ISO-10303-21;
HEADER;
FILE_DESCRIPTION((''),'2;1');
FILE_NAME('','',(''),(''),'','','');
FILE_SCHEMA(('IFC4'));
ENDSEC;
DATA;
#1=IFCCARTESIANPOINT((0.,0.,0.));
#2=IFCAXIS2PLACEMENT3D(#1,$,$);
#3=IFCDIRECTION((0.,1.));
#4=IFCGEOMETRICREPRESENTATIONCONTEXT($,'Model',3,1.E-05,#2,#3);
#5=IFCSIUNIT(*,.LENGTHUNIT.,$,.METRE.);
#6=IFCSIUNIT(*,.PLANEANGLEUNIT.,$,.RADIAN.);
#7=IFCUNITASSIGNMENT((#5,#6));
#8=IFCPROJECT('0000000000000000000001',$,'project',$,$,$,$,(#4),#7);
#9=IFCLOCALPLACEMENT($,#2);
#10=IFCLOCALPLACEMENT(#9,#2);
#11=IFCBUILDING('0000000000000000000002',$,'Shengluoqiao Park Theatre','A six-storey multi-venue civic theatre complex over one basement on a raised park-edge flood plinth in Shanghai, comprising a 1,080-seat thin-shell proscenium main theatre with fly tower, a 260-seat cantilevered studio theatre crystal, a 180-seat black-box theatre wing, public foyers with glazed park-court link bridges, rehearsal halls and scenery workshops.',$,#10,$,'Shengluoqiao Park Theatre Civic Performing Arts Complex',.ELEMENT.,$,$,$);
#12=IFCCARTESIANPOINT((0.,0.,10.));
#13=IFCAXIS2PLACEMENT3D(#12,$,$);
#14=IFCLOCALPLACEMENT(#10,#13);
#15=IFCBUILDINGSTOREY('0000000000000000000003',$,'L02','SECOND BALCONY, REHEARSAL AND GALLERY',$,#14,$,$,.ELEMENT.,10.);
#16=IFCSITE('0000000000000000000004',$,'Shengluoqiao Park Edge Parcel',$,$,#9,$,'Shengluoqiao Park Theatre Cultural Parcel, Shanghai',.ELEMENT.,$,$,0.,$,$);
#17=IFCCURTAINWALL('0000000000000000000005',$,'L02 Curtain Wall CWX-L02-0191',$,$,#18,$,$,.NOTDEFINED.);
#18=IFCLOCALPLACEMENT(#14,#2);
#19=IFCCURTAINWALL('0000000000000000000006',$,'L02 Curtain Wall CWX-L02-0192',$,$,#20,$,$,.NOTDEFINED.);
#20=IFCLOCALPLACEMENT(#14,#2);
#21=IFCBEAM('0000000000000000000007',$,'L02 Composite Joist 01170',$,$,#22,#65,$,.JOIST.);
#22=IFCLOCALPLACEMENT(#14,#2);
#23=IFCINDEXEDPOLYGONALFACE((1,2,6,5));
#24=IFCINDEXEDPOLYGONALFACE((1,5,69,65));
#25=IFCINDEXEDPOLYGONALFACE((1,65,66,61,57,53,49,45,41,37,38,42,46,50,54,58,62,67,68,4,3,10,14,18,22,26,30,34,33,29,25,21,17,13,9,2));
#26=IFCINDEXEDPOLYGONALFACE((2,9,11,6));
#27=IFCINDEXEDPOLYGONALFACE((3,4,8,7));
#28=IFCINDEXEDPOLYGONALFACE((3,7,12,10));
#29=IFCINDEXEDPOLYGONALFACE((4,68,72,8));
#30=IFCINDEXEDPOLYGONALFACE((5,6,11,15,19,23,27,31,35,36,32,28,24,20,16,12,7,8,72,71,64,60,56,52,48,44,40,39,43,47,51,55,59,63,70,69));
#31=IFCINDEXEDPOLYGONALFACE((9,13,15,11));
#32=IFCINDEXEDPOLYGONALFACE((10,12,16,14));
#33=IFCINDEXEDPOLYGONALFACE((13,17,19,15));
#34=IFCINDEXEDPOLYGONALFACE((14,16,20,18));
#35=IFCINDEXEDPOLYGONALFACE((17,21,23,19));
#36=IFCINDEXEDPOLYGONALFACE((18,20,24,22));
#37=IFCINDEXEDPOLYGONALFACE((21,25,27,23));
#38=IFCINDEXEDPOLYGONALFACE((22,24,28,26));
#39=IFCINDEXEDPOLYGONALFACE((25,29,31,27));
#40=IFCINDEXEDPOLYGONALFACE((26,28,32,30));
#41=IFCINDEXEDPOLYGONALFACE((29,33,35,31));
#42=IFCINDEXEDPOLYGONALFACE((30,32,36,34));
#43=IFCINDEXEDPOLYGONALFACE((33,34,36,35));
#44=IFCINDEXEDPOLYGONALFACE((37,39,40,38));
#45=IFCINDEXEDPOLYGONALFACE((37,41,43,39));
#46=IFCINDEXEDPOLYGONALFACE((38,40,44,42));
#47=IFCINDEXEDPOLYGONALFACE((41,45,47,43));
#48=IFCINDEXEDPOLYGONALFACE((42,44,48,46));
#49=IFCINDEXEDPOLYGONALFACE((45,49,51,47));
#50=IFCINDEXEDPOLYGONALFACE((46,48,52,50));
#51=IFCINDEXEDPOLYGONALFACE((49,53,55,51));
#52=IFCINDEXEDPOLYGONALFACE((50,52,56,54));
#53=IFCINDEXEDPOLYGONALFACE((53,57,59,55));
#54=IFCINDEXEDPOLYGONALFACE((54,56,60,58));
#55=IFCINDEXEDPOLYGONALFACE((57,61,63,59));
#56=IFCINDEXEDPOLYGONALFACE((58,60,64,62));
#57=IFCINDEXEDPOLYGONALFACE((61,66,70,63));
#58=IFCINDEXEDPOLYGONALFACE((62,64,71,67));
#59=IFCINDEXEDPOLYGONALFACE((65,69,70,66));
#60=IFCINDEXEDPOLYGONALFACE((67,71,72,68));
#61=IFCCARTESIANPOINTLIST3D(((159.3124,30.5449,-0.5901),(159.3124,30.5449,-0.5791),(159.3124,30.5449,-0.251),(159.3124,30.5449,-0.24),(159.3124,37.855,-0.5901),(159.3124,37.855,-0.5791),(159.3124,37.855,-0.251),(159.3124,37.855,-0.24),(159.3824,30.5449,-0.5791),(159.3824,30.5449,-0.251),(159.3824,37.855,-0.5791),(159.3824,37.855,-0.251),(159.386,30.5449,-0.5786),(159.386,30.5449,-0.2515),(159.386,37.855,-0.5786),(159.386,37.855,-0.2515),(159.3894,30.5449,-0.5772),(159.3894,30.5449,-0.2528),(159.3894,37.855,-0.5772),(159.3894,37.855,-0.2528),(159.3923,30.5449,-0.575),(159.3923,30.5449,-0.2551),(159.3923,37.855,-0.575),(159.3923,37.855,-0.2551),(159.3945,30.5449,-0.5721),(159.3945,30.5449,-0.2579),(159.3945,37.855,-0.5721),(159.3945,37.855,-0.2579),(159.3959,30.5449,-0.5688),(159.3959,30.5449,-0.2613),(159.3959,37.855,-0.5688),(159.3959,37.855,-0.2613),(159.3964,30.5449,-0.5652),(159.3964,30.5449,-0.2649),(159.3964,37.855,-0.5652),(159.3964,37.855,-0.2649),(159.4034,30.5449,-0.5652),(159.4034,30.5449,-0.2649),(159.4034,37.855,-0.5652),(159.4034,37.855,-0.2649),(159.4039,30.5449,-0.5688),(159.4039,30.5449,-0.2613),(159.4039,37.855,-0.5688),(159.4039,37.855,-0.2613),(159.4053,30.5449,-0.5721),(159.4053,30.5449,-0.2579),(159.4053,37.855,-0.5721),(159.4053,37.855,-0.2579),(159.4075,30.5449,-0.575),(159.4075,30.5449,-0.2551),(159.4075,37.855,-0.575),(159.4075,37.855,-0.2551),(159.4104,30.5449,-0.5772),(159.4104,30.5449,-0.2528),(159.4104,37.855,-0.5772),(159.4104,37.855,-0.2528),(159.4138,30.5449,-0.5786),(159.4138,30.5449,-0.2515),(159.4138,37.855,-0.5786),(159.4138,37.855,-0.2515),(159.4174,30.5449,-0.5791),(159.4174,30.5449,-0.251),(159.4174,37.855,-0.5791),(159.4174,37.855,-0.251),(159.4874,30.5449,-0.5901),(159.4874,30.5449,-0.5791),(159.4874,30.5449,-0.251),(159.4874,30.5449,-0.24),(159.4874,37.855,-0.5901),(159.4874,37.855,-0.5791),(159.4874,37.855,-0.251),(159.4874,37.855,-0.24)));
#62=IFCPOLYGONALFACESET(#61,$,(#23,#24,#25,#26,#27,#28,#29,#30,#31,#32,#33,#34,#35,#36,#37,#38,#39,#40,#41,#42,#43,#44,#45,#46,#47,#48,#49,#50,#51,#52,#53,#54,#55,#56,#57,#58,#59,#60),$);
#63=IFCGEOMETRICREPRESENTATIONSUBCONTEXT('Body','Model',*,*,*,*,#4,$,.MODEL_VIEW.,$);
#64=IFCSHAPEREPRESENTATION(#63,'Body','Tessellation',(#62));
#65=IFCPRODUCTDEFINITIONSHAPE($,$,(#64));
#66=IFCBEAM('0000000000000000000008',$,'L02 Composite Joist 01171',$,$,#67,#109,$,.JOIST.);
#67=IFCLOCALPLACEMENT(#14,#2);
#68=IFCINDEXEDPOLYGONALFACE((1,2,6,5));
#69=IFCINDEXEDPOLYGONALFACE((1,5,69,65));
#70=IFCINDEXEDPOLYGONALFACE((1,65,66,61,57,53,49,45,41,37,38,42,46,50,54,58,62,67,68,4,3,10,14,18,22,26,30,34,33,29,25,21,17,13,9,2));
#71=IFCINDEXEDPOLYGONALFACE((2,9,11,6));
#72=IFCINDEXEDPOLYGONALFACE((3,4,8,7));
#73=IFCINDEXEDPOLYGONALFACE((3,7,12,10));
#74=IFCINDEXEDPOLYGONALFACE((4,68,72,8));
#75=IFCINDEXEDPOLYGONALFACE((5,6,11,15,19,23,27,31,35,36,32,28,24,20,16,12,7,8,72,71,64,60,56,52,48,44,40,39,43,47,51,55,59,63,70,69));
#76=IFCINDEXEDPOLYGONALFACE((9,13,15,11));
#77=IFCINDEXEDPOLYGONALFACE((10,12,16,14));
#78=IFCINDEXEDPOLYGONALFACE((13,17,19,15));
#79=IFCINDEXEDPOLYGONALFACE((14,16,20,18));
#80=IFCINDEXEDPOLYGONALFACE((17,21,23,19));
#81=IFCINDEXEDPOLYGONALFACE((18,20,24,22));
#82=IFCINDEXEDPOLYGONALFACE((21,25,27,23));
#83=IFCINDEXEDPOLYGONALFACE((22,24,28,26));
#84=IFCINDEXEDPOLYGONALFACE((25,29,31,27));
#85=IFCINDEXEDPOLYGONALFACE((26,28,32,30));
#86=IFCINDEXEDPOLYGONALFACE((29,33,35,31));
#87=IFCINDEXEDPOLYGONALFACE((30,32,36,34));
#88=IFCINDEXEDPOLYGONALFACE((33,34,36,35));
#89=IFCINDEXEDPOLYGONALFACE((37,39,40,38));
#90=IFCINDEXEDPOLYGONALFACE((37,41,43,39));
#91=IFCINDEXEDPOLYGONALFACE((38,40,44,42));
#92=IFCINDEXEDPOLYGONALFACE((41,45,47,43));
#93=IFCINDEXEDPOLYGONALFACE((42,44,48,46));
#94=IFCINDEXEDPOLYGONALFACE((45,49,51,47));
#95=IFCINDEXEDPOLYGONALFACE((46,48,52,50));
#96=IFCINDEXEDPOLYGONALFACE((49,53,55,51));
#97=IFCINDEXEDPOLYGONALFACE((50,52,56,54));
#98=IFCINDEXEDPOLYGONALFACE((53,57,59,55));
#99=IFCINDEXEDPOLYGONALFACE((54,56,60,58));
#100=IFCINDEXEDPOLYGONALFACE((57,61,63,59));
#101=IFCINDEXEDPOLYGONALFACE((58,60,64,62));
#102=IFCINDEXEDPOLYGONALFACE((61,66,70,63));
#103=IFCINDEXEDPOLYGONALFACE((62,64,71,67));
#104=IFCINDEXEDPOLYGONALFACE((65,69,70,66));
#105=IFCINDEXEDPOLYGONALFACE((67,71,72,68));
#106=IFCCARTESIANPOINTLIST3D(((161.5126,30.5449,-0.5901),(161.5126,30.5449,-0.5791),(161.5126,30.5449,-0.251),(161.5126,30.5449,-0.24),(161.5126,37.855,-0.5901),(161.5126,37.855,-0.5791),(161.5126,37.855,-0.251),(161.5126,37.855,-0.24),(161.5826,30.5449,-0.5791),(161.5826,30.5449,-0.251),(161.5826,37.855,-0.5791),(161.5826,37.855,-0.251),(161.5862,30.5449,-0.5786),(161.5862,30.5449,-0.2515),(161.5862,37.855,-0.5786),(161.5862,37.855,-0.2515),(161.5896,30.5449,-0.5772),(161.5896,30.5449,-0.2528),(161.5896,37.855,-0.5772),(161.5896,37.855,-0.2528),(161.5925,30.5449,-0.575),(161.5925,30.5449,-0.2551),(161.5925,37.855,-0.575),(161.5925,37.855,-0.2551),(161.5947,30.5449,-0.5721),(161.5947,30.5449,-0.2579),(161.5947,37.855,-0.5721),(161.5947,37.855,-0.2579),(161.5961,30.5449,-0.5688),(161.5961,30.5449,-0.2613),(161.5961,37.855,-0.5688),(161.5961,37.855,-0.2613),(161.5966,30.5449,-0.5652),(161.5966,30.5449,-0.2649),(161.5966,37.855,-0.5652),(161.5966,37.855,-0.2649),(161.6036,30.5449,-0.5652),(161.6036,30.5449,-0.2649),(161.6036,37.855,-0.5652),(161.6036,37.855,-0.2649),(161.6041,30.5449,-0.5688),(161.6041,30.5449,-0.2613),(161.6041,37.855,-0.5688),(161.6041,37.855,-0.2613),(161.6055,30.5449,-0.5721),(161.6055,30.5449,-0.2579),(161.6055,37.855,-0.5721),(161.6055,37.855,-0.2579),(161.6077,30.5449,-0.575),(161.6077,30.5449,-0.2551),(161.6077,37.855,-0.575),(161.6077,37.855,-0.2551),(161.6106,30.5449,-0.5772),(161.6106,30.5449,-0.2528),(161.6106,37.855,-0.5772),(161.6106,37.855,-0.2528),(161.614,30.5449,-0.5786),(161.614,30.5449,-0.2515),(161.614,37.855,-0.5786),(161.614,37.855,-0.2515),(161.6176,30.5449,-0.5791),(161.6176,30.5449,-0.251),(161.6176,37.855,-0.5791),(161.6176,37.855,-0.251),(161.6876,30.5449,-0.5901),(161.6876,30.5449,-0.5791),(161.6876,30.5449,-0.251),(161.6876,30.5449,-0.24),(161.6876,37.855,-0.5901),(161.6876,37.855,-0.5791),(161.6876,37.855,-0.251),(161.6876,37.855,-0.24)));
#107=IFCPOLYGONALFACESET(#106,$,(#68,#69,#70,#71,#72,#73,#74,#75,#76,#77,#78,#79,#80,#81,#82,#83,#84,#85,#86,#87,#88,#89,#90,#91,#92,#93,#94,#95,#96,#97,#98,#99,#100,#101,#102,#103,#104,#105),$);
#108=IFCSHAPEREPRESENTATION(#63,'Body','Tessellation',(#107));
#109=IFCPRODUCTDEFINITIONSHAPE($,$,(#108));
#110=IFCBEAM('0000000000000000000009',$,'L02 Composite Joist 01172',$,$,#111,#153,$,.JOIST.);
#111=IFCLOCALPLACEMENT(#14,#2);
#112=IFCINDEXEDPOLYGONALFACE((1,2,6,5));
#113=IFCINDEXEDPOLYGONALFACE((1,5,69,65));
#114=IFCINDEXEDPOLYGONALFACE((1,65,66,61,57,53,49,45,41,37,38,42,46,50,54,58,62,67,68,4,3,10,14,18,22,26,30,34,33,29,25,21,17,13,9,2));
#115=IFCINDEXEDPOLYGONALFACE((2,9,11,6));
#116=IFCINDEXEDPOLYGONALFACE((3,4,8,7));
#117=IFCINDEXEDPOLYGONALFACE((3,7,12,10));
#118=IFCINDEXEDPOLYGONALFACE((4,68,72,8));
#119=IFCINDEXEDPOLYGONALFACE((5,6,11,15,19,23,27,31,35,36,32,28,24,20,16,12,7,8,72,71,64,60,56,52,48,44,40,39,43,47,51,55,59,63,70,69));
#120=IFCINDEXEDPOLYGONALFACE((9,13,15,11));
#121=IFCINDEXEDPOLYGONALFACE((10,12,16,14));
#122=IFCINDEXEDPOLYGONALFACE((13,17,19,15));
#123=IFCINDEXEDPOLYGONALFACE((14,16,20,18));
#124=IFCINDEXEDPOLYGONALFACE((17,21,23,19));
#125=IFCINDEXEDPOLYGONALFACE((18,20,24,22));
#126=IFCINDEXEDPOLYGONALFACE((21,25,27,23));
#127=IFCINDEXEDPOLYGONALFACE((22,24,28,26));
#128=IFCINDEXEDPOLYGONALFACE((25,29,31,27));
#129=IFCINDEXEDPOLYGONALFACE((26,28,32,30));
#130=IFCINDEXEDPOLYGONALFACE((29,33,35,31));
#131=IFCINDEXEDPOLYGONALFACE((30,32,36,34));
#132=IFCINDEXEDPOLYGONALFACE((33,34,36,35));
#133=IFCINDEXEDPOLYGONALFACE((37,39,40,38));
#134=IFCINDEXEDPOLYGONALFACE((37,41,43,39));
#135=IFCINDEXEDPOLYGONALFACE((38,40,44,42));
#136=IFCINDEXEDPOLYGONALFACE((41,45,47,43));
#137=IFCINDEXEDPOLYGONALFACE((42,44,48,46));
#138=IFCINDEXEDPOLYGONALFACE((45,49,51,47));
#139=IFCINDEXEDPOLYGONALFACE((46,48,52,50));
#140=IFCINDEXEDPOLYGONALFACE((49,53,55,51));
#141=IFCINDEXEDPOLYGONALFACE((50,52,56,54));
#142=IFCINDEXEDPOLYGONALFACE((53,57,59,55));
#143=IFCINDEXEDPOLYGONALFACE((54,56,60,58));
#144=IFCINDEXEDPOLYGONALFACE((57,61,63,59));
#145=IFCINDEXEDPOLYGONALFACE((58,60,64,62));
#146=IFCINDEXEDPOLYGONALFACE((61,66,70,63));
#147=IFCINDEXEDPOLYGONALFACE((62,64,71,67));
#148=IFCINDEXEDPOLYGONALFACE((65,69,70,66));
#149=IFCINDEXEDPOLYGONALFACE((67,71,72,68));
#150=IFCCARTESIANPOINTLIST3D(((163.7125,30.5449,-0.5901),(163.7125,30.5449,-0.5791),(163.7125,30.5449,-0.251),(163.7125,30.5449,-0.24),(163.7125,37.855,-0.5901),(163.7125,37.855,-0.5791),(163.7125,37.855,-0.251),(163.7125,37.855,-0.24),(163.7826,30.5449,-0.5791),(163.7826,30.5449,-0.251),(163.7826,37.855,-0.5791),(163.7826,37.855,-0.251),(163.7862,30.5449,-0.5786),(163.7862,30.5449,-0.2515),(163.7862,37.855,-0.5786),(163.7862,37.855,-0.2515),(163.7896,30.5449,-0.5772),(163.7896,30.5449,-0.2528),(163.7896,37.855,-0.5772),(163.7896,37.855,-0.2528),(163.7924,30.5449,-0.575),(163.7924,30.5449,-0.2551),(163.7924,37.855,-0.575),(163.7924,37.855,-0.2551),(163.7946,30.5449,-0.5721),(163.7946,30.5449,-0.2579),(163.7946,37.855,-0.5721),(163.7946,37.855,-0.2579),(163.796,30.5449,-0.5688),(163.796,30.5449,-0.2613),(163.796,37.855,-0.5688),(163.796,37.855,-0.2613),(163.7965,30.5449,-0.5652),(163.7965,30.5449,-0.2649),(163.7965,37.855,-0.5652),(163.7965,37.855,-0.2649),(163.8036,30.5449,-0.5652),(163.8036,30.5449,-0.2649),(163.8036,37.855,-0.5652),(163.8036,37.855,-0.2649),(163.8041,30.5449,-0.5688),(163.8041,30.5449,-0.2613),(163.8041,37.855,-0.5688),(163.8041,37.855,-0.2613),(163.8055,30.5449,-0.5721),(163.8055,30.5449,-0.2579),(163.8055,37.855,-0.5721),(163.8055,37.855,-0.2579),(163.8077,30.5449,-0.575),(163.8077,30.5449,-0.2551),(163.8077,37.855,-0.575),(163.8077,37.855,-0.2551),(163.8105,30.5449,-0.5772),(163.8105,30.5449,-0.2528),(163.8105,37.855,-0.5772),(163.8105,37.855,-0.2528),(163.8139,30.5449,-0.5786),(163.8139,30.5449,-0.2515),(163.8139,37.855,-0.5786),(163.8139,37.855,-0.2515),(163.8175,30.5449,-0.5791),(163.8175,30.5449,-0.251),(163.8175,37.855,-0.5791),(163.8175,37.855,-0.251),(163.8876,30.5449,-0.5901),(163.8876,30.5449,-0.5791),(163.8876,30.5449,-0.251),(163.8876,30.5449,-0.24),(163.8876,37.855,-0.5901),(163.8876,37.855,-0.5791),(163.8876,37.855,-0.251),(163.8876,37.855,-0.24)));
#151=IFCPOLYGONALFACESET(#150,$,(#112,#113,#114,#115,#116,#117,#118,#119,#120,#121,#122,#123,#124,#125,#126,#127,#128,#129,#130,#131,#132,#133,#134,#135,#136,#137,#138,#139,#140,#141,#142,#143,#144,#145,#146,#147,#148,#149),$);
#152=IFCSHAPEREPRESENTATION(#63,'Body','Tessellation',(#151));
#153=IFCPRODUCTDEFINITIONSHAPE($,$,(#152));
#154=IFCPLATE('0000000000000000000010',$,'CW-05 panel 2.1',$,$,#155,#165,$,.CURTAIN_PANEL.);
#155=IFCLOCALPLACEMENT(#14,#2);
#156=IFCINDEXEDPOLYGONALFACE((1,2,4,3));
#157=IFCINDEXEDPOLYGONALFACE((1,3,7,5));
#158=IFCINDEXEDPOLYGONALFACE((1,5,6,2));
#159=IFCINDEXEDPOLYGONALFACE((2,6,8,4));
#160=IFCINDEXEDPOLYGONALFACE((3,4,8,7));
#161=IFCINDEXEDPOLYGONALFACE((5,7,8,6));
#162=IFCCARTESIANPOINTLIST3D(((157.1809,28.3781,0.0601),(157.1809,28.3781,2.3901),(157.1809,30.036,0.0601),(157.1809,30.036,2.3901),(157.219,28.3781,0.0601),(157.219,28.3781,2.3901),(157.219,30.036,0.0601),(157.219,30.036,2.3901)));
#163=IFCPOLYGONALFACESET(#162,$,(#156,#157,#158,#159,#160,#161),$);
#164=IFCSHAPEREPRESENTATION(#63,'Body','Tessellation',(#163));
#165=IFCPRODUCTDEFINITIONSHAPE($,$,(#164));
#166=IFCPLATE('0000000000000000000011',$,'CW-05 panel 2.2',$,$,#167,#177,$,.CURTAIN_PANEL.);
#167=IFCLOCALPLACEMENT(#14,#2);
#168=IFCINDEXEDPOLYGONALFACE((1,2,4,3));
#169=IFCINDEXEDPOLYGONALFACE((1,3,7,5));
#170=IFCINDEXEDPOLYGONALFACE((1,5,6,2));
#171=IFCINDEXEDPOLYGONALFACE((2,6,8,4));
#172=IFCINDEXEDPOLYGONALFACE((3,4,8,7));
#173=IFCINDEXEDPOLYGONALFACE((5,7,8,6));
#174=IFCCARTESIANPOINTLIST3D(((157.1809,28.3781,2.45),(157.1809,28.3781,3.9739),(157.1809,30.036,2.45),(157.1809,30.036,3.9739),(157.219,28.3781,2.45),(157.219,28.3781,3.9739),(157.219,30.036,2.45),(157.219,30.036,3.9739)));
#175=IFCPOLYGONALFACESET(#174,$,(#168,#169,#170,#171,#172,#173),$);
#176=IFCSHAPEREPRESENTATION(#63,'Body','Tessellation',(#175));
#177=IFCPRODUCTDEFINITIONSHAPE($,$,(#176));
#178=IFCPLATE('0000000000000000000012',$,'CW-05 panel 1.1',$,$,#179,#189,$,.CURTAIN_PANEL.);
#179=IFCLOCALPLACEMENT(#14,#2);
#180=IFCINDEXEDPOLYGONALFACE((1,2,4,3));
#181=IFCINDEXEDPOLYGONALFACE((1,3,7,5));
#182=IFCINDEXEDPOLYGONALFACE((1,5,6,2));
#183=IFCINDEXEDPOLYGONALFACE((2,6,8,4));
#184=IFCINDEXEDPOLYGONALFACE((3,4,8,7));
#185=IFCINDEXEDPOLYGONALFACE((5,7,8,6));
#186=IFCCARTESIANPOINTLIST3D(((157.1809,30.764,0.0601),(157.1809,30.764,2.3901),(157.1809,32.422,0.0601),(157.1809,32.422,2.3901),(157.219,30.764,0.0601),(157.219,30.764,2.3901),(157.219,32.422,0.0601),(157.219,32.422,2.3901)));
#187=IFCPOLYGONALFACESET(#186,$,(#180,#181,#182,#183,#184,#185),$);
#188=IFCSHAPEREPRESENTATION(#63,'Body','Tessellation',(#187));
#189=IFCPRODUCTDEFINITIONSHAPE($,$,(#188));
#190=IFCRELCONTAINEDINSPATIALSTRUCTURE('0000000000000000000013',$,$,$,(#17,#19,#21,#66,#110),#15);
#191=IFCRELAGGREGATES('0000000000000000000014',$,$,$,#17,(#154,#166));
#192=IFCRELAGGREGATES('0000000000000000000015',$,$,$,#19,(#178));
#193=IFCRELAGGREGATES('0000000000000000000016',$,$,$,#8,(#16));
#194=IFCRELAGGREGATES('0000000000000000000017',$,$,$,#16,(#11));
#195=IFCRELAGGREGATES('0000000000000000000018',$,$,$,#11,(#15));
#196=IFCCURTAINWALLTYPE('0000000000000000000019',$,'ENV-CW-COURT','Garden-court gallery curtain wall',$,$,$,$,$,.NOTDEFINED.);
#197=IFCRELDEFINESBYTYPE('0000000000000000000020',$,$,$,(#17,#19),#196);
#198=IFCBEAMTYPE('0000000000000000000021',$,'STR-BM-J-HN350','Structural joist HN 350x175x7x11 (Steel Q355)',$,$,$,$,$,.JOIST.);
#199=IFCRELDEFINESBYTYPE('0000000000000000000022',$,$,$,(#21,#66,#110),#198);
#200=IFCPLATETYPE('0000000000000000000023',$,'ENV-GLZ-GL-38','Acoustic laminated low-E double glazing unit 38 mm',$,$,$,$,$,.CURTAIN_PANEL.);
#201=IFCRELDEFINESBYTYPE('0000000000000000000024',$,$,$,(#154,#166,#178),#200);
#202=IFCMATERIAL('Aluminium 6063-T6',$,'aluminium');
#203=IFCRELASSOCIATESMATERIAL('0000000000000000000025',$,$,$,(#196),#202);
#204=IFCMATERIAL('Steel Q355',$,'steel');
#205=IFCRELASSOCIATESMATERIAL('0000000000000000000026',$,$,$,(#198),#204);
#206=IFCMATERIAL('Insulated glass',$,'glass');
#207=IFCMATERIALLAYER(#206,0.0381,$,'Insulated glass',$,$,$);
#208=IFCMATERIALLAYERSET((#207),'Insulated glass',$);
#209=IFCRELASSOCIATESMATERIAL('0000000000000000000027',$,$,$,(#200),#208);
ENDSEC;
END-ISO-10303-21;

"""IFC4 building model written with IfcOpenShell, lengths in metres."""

from ifc_helpers import new_model, si_unit, direction, frame, origin, origin_2d, place, context, subcontext, project, spatial, rectangle, i_section, extrude, material, layer, layer_set, material_profile, profile_set, type_object, element, aggregate, save


model = new_model("IFC4")

# Units and contexts
model_context = context("Model", 3, precision=1e-05, world=origin(), true_north=direction((0.0, 1.0)))
body_context = subcontext(model_context, "Body", "Model", "MODEL_VIEW")
ifc_project = project(units=[si_unit("LENGTHUNIT", "METRE"), si_unit("PLANEANGLEUNIT", "RADIAN")], contexts=[model_context])

# Site, building, storey
site_placement = place(None, origin())
site = spatial("IfcSite", under=ifc_project, at=site_placement, Name="Shengluoqiao Park Edge Parcel", LongName="Shengluoqiao Park Theatre Cultural Parcel, Shanghai", CompositionType="ELEMENT", RefElevation=0.0)
building_placement = place(site_placement, origin())
building = spatial("IfcBuilding", under=site, at=building_placement, Name="Shengluoqiao Park Theatre", Description="A six-storey multi-venue civic theatre complex over one basement on a raised park-edge flood plinth in Shanghai, comprising a 1,080-seat thin-shell proscenium main theatre with fly tower, a 260-seat cantilevered studio theatre crystal, a 180-seat black-box theatre wing, public foyers with glazed park-court link bridges, rehearsal halls and scenery workshops.", LongName="Shengluoqiao Park Theatre Civic Performing Arts Complex", CompositionType="ELEMENT")
storey_placement = place(building_placement, frame((0.0, 0.0, 10.0)))
storey = spatial("IfcBuildingStorey", under=building, at=storey_placement, Name="L02", Description="SECOND BALCONY, REHEARSAL AND GALLERY", CompositionType="ELEMENT", Elevation=10.0)

# Curtain walls
ifc_material_1 = material(Name="Aluminium 6063-T6", Category="aluminium")
curtain_wall_type = type_object("IfcCurtainWallType", Name="ENV-CW-COURT", Description="Garden-court gallery curtain wall", PredefinedType="NOTDEFINED", material=ifc_material_1)
curtain_wall_1_placement = place(storey_placement, origin())
curtain_wall_1 = element("IfcCurtainWall", 1, at=curtain_wall_1_placement, inside=storey, type_object=curtain_wall_type, Name="L02 Curtain Wall CWX-L02-0191", PredefinedType="NOTDEFINED")
curtain_wall_2_placement = place(storey_placement, origin())
curtain_wall_2 = element("IfcCurtainWall", 2, at=curtain_wall_2_placement, inside=storey, type_object=curtain_wall_type, Name="L02 Curtain Wall CWX-L02-0192", PredefinedType="NOTDEFINED")

# Beams
ifc_material_2 = material(Name="Steel Q355", Category="steel")
ifc_material_profile_1 = material_profile(ifc_material_2, i_section(OverallWidth=0.175, OverallDepth=0.3501, WebThickness=0.0071, FlangeThickness=0.011, FilletRadius=0.0139, at=origin_2d()), Name="HN 350x175x7x11")
ifc_profile_set_1 = profile_set([ifc_material_profile_1], Name="Steel Q355")
beam_type_1 = type_object("IfcBeamType", Name="STR-BM-J-HN350", Description="Structural joist HN 350x175x7x11 (Steel Q355)", PredefinedType="JOIST", material=ifc_profile_set_1)
for number, where, z_axis, x_axis, name in (
    (3, (159.3999, 30.5449, -0.415), (0.0, 1.0, 0.0), (-1.0, 0.0, 0.0), "L02 Composite Joist 01170"),
    (4, (161.6001, 30.5449, -0.415), (0.0, 1.0, 0.0), (-1.0, 0.0, 0.0), "L02 Composite Joist 01171"),
    (5, (163.8, 30.5449, -0.415), (0.0, 1.0, 0.0), (-1.0, 0.0, 0.0), "L02 Composite Joist 01172"),
):
    element("IfcBeam", number, at=place(storey_placement, frame(where, z_axis=z_axis, x_axis=x_axis)), inside=storey, type_object=beam_type_1, Name=name, PredefinedType="JOIST", context=body_context, shape_type="SweptSolid", body=[
        extrude(i_section(OverallWidth=0.175, OverallDepth=0.3501, WebThickness=0.0071, FlangeThickness=0.011, FilletRadius=0.0139, at=origin_2d()), origin(), (0.0, 0.0, 1.0), 7.3101),
    ])

# Plates
ifc_material_3 = material(Name="Insulated glass", Category="glass")
ifc_layer_1 = layer(ifc_material_3, 0.0381, Name="Insulated glass")
ifc_layer_set_1 = layer_set([ifc_layer_1], Name="Insulated glass")
plate_type = type_object("IfcPlateType", Name="ENV-GLZ-GL-38", Description="Acoustic laminated low-E double glazing unit 38 mm", PredefinedType="CURTAIN_PANEL", material=ifc_layer_set_1)
plate_1_placement = place(storey_placement, frame((157.2, 29.207, 0.0601), z_axis=(0.0, 0.0, 1.0), x_axis=(0.0, 1.0, 0.0)))
plate_1 = element("IfcPlate", 6, at=plate_1_placement, type_object=plate_type, Name="CW-05 panel 2.1", PredefinedType="CURTAIN_PANEL", context=body_context, shape_type="SweptSolid", body=[
    extrude(rectangle(XDim=1.658, YDim=0.0381, at=origin_2d()), origin(), (0.0, 0.0, 1.0), 2.3301),
])
plate_2_placement = place(storey_placement, frame((157.2, 29.207, 2.45), z_axis=(0.0, 0.0, 1.0), x_axis=(0.0, 1.0, 0.0)))
plate_2 = element("IfcPlate", 7, at=plate_2_placement, type_object=plate_type, Name="CW-05 panel 2.2", PredefinedType="CURTAIN_PANEL", context=body_context, shape_type="SweptSolid", body=[
    extrude(rectangle(XDim=1.658, YDim=0.0381, at=origin_2d()), origin(), (0.0, 0.0, 1.0), 1.5239),
])
aggregate(curtain_wall_1, [plate_1, plate_2])
plate_3_placement = place(storey_placement, frame((157.2, 31.593, 0.0601), z_axis=(0.0, 0.0, 1.0), x_axis=(0.0, 1.0, 0.0)))
plate_3 = element("IfcPlate", 8, at=plate_3_placement, type_object=plate_type, Name="CW-05 panel 1.1", PredefinedType="CURTAIN_PANEL", context=body_context, shape_type="SweptSolid", body=[
    extrude(rectangle(XDim=1.658, YDim=0.0381, at=origin_2d()), origin(), (0.0, 0.0, 1.0), 2.3301),
])
aggregate(curtain_wall_2, [plate_3])

save(model, "model.ifc")
